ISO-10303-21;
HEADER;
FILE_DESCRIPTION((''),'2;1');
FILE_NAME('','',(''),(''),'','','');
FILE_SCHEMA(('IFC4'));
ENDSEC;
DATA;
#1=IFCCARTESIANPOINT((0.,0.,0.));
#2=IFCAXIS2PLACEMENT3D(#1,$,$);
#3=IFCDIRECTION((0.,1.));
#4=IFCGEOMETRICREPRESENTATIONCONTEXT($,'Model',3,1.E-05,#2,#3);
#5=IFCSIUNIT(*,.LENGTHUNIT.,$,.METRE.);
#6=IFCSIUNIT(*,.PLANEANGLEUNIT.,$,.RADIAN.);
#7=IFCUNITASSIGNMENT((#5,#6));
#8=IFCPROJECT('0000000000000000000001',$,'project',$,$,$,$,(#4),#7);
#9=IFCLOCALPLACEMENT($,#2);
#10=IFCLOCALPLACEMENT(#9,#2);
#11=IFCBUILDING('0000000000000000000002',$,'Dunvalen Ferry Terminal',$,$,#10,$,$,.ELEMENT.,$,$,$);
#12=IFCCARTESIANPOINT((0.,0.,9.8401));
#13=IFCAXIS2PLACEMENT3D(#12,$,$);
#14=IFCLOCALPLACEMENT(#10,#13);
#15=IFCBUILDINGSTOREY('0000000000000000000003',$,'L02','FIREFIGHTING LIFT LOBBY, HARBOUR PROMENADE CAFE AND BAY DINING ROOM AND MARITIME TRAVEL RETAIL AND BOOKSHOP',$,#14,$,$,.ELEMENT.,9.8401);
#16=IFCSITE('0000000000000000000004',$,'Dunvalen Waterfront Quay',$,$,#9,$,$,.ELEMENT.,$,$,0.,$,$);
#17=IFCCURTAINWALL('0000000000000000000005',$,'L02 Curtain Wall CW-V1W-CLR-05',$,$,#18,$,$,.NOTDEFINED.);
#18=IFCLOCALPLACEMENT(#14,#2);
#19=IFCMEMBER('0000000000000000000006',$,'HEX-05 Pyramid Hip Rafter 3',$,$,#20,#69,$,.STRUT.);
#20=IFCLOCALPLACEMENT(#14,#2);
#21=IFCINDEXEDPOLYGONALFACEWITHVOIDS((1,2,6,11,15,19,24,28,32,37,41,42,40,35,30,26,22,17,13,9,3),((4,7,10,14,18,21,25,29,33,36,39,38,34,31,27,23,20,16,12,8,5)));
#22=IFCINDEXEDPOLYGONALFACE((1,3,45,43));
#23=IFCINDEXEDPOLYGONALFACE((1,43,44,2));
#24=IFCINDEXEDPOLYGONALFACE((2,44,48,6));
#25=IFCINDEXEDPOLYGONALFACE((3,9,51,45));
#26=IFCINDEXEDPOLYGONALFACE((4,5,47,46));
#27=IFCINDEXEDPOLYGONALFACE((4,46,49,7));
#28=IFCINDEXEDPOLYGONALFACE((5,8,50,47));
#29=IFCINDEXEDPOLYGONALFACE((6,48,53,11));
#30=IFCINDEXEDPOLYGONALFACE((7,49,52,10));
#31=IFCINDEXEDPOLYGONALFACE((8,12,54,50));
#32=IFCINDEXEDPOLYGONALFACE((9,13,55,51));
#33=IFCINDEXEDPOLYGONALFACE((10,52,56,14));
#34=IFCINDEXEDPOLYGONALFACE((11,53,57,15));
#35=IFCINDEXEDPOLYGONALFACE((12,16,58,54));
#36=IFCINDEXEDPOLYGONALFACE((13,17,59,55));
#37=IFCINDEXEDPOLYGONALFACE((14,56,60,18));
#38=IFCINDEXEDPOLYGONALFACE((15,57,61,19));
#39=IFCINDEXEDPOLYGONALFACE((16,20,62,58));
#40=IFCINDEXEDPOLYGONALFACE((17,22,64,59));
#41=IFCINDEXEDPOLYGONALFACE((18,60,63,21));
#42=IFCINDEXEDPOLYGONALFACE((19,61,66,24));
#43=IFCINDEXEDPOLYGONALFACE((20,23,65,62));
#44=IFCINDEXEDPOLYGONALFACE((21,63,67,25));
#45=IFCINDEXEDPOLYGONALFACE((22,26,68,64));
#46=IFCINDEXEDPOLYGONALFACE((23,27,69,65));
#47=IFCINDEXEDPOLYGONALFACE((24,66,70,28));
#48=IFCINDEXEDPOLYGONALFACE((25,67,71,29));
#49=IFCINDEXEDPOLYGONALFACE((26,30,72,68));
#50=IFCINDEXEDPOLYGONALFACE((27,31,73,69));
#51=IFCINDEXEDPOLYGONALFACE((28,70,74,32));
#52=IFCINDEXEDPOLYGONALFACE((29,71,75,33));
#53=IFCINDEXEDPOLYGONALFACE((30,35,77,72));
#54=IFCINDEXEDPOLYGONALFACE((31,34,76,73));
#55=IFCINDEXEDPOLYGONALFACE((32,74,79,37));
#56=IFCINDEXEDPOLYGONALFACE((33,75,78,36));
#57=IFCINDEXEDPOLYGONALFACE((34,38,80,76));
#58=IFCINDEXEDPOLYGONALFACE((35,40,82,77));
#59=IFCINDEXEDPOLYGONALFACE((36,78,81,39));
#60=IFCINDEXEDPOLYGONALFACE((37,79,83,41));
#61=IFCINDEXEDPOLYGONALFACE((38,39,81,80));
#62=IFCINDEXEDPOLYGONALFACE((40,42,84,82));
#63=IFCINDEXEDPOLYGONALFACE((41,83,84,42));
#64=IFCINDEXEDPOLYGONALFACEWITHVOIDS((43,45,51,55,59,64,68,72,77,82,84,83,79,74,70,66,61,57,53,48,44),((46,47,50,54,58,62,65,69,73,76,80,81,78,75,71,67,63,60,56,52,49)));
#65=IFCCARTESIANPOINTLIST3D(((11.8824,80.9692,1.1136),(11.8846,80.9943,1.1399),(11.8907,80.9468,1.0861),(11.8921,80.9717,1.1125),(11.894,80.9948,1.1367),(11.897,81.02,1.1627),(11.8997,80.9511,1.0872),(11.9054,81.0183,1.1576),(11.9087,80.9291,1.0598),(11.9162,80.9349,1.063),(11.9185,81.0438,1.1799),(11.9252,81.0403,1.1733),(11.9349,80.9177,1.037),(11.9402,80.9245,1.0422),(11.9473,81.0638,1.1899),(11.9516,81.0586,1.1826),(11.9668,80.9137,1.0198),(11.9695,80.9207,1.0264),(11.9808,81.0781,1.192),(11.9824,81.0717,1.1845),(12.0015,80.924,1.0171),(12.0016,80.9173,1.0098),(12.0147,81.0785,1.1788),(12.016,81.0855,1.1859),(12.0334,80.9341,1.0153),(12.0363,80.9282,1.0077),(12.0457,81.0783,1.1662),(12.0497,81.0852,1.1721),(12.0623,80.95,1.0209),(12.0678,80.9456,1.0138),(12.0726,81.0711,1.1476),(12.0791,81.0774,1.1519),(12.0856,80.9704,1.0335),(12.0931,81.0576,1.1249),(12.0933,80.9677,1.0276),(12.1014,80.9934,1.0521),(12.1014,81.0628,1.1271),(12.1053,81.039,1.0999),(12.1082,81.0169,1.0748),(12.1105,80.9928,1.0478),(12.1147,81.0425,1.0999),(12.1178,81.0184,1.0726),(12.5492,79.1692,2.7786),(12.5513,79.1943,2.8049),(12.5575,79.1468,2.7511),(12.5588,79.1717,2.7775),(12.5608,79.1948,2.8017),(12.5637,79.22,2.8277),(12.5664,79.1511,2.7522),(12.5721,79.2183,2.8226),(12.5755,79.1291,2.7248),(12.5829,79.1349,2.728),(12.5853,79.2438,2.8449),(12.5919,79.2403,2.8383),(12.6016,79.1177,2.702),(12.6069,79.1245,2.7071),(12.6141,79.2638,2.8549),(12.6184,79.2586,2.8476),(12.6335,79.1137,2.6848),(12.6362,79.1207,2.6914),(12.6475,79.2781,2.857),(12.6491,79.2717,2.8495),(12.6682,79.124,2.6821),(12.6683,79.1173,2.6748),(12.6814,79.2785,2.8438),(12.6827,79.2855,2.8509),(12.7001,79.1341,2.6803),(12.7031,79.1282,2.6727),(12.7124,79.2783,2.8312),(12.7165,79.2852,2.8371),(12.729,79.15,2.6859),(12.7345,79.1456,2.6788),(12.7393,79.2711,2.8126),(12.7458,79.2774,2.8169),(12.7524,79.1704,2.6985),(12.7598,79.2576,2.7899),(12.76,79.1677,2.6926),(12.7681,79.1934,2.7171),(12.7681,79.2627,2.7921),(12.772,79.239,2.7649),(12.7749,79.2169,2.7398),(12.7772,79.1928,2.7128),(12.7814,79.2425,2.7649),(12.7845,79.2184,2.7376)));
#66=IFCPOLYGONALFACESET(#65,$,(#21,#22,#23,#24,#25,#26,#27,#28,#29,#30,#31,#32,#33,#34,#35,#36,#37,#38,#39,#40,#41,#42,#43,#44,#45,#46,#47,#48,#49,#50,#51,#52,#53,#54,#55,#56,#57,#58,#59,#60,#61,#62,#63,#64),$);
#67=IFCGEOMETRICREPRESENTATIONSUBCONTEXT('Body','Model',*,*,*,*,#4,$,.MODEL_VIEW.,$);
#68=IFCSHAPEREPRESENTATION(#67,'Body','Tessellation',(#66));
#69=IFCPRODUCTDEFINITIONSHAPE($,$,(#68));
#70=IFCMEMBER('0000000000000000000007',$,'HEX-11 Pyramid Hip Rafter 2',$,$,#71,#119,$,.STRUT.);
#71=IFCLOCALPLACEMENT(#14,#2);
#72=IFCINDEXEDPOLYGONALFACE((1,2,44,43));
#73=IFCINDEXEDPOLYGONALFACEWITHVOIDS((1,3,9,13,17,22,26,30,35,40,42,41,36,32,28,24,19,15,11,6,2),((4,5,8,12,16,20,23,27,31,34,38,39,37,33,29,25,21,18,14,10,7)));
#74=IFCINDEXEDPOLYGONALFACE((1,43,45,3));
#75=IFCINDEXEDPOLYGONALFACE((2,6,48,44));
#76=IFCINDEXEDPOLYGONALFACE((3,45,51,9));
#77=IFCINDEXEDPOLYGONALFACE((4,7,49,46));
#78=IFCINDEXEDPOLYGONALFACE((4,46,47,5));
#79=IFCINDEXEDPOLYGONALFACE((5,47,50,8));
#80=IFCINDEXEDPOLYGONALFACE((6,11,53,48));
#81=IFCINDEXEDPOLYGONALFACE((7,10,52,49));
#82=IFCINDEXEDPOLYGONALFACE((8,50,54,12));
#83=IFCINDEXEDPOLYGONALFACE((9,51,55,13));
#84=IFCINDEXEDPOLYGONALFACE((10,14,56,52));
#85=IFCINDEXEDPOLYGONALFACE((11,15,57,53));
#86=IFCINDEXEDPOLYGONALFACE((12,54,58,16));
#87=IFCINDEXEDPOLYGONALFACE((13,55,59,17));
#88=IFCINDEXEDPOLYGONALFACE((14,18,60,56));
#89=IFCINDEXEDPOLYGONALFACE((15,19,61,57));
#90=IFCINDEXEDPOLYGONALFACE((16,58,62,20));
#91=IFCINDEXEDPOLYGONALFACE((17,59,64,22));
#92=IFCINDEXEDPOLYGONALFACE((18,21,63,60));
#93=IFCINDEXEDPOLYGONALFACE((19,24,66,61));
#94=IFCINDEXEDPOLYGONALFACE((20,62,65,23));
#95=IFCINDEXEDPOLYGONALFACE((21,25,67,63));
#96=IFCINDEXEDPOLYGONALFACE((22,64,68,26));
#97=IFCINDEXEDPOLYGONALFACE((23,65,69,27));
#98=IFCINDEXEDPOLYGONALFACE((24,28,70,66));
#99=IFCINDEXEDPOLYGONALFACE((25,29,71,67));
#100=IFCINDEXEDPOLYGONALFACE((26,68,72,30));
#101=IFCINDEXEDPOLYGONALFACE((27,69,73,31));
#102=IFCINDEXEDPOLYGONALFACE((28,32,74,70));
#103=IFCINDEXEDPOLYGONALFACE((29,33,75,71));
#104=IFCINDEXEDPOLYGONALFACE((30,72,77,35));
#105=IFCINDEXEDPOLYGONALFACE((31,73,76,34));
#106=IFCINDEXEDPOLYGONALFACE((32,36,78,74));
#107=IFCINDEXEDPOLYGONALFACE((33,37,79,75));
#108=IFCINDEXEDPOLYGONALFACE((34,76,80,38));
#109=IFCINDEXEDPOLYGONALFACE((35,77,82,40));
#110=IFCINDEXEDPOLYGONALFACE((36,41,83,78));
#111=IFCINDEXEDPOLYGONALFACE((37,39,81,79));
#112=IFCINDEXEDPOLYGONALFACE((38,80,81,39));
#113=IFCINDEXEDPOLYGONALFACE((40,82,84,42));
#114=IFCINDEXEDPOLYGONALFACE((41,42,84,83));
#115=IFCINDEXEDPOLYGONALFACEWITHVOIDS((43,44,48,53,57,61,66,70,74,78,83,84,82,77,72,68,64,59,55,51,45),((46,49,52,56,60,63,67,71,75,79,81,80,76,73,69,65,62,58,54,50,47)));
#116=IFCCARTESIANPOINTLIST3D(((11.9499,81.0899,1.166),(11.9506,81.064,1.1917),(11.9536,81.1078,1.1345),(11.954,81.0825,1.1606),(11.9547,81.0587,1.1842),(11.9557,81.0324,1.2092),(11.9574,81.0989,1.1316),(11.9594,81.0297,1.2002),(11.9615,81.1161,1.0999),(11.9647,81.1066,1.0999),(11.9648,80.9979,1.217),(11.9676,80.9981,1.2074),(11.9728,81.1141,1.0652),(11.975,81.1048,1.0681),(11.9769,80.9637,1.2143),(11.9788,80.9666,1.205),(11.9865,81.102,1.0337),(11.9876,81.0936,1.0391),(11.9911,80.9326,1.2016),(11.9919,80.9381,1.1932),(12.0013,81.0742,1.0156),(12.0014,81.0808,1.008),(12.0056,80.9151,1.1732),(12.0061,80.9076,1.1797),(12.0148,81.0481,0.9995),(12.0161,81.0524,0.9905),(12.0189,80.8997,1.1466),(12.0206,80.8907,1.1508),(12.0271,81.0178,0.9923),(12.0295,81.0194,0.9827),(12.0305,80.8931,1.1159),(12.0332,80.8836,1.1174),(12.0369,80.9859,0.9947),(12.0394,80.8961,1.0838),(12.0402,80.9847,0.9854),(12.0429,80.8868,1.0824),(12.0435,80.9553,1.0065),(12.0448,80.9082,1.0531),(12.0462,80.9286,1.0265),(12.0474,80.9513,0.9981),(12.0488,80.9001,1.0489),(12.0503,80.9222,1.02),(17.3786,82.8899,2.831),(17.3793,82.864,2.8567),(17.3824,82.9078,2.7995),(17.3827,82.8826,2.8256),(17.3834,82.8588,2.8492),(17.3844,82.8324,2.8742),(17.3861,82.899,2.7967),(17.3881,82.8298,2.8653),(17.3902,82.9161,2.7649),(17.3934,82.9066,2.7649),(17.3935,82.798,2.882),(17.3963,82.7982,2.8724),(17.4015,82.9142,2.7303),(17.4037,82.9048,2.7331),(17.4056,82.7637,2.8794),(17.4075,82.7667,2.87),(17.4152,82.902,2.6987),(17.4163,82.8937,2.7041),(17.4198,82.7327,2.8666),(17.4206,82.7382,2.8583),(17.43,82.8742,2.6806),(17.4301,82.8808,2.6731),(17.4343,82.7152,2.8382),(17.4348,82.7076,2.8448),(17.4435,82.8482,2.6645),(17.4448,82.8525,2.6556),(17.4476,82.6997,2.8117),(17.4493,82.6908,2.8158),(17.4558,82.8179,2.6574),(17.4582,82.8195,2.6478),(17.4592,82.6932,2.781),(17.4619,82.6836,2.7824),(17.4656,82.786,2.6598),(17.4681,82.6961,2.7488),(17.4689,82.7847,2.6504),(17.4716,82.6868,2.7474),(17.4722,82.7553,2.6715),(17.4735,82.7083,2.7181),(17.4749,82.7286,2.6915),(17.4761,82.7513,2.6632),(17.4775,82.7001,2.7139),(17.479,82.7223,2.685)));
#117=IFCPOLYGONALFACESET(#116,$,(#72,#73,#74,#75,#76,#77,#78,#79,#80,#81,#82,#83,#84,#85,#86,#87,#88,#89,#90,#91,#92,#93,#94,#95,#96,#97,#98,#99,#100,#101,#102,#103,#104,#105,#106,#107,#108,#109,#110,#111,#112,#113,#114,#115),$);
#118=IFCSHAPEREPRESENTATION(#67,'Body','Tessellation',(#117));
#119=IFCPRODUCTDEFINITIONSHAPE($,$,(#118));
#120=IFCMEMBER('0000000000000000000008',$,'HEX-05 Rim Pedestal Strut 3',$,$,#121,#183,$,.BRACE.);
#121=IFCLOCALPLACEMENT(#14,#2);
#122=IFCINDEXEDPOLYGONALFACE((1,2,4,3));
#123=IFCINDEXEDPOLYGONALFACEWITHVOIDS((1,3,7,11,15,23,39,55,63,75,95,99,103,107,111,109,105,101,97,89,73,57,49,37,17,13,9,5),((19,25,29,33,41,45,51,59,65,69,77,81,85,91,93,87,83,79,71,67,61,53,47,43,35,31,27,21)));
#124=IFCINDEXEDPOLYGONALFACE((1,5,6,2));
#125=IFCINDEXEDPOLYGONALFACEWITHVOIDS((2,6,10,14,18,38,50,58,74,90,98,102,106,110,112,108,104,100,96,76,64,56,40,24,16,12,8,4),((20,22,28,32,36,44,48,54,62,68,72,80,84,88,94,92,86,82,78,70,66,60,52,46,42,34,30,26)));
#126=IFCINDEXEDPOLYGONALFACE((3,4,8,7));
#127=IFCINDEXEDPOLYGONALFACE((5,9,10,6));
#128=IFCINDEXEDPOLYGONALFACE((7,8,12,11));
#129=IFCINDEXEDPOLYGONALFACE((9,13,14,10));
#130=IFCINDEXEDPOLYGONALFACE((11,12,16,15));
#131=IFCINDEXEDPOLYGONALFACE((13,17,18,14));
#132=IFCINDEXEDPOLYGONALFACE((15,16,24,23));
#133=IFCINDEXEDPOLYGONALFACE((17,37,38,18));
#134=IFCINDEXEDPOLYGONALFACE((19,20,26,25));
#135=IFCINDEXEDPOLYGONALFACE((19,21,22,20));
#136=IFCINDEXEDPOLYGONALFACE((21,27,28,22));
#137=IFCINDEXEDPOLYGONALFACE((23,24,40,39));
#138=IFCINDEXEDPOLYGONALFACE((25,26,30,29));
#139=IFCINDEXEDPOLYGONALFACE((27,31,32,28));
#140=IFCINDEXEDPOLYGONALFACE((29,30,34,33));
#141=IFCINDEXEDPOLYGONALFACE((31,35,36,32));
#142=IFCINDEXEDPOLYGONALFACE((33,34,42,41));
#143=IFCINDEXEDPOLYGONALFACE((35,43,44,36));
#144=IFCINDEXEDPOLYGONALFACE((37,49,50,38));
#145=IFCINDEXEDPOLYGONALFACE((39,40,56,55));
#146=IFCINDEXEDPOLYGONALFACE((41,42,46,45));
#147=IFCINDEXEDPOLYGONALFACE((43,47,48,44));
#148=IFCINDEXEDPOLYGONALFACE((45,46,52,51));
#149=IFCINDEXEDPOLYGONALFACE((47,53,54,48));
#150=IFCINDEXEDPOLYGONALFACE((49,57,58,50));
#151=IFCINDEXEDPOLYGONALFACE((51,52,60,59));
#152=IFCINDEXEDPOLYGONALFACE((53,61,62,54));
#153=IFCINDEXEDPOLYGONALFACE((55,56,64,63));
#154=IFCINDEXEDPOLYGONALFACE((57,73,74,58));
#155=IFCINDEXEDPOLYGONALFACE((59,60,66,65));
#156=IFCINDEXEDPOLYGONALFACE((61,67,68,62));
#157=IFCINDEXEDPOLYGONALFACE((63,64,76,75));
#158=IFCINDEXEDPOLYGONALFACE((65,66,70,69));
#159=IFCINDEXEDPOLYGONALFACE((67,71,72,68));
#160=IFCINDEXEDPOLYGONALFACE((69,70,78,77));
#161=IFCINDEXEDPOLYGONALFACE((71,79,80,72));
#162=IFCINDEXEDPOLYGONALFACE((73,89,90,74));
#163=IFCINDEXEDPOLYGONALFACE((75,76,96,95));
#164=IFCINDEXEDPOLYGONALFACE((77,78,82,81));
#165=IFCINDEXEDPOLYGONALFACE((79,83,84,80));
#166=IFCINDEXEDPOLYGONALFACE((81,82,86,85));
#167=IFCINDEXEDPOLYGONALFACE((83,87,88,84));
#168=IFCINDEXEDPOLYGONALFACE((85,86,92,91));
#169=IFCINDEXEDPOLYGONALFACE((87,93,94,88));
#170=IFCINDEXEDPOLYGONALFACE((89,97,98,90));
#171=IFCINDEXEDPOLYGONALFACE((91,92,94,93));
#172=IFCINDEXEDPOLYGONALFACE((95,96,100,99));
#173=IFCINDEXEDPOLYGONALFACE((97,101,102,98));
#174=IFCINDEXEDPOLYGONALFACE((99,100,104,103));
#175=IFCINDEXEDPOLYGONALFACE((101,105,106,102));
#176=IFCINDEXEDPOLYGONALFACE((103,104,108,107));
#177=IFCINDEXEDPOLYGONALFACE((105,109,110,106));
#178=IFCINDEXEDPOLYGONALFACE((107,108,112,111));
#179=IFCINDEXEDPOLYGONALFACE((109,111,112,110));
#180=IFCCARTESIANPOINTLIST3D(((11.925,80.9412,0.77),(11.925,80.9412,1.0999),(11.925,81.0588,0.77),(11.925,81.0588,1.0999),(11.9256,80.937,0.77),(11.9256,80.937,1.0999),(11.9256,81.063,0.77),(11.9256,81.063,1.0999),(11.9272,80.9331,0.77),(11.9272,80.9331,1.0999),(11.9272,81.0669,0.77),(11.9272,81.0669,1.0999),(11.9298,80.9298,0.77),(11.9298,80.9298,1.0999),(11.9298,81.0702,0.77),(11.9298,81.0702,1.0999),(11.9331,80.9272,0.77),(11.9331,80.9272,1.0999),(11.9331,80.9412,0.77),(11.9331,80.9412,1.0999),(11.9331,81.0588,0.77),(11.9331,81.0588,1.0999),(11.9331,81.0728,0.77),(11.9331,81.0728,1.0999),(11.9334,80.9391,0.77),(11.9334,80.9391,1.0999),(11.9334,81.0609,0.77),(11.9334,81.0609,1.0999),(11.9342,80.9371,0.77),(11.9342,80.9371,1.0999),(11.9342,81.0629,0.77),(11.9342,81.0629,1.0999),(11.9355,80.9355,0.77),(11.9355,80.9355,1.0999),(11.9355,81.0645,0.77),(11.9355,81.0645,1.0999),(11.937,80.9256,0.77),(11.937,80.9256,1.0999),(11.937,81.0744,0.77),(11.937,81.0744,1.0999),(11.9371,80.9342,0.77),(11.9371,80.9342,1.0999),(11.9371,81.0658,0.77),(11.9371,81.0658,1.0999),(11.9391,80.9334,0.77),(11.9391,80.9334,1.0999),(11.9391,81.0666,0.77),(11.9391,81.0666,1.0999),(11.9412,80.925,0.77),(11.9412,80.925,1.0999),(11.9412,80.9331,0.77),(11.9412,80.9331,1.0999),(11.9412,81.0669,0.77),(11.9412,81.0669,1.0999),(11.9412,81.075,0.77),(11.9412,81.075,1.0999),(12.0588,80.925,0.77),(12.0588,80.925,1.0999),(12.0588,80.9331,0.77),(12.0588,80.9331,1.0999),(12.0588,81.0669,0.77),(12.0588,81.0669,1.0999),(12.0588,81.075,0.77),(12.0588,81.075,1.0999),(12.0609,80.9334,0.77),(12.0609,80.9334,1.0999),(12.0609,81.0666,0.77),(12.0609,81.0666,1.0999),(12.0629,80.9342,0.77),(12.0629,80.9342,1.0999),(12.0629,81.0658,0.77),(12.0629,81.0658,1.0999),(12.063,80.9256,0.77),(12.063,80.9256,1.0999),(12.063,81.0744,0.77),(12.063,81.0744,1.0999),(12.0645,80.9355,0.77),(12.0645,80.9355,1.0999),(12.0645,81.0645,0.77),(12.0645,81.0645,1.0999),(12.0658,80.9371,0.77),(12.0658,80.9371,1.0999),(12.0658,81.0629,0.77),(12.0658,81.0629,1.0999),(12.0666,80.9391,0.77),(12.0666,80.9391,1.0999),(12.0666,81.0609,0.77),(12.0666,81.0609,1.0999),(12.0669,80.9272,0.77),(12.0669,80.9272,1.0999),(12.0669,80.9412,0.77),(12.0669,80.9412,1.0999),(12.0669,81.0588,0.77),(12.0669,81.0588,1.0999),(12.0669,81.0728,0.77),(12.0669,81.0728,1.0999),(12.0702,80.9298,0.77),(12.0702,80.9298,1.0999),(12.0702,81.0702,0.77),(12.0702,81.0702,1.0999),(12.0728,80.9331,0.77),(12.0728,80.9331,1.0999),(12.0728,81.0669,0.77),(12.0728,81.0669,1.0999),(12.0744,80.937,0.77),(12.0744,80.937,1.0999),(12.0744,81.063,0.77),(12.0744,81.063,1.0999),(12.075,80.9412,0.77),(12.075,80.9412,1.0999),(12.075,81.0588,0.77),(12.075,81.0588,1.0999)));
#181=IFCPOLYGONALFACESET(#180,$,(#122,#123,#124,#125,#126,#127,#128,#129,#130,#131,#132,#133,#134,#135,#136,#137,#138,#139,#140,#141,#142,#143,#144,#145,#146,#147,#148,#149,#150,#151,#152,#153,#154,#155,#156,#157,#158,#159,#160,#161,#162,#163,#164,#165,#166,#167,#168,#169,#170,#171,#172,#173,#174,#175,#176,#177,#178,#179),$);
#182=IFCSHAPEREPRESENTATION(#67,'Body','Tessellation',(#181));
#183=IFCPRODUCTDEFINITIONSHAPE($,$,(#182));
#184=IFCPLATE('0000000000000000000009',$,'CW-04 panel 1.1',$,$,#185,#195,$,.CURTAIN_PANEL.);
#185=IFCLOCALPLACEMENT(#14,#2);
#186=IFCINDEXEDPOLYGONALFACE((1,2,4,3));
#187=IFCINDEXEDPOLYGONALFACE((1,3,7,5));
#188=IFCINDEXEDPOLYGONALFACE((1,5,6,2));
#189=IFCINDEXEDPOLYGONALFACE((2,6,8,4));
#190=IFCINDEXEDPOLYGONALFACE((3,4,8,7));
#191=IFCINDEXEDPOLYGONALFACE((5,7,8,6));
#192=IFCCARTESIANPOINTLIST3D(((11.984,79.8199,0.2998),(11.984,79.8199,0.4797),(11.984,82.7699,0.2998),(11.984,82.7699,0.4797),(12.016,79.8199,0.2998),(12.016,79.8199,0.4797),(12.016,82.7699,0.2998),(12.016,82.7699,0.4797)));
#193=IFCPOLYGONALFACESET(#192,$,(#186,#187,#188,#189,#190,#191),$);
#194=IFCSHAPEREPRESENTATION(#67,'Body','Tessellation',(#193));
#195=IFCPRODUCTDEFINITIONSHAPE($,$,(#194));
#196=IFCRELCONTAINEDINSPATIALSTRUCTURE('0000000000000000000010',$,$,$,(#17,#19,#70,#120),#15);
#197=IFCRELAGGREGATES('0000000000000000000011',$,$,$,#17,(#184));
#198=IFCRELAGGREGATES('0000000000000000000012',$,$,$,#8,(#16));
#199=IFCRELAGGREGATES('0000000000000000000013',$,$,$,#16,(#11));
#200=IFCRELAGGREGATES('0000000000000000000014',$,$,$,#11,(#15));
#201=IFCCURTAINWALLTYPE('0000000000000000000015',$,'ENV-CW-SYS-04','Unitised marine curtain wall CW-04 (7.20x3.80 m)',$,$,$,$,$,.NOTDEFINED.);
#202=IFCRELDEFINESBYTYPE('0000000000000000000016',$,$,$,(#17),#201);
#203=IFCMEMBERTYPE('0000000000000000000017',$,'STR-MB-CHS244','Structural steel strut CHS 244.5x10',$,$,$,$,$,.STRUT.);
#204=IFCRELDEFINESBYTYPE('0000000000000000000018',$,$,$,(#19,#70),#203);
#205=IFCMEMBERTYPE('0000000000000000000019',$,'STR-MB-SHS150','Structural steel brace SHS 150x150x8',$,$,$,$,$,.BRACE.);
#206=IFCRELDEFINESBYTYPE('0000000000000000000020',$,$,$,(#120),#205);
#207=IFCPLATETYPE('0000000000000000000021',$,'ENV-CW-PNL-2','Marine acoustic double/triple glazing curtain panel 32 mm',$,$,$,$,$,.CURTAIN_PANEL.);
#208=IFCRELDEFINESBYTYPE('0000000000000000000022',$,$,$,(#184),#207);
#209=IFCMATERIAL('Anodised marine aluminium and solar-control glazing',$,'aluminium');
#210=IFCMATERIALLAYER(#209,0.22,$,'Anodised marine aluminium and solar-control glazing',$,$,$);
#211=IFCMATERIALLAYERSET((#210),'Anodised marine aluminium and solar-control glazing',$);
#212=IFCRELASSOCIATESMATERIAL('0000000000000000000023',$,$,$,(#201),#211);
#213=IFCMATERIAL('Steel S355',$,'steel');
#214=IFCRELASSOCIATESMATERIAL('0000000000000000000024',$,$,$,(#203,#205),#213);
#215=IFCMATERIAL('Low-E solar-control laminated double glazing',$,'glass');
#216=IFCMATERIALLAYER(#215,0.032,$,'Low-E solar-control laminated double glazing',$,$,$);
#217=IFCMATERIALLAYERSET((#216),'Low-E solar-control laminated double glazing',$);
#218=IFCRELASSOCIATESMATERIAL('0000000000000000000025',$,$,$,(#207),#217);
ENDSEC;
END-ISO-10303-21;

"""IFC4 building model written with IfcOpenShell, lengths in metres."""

from ifc_helpers import new_model, si_unit, direction, frame, origin, origin_2d, place, context, subcontext, project, spatial, rectangle, hollow_rectangle, hollow_circle, extrude, material, layer, layer_set, material_profile, profile_set, type_object, element, aggregate, save


model = new_model("IFC4")

# Units and contexts
model_context = context("Model", 3, precision=1e-05, world=origin(), true_north=direction((0.0, 1.0)))
body_context = subcontext(model_context, "Body", "Model", "MODEL_VIEW")
ifc_project = project(units=[si_unit("LENGTHUNIT", "METRE"), si_unit("PLANEANGLEUNIT", "RADIAN")], contexts=[model_context])

# Site, building, storey
site_placement = place(None, origin())
site = spatial("IfcSite", under=ifc_project, at=site_placement, Name="Dunvalen Waterfront Quay", CompositionType="ELEMENT", RefElevation=0.0)
building_placement = place(site_placement, origin())
building = spatial("IfcBuilding", under=site, at=building_placement, Name="Dunvalen Ferry Terminal", CompositionType="ELEMENT")
storey_placement = place(building_placement, frame((0.0, 0.0, 9.8401)))
storey = spatial("IfcBuildingStorey", under=building, at=storey_placement, Name="L02", Description="FIREFIGHTING LIFT LOBBY, HARBOUR PROMENADE CAFE AND BAY DINING ROOM AND MARITIME TRAVEL RETAIL AND BOOKSHOP", CompositionType="ELEMENT", Elevation=9.8401)

# Curtain wall
ifc_material_1 = material(Name="Anodised marine aluminium and solar-control glazing", Category="aluminium")
ifc_layer_1 = layer(ifc_material_1, 0.22, Name="Anodised marine aluminium and solar-control glazing")
ifc_layer_set_1 = layer_set([ifc_layer_1], Name="Anodised marine aluminium and solar-control glazing")
curtain_wall_type = type_object("IfcCurtainWallType", Name="ENV-CW-SYS-04", Description="Unitised marine curtain wall CW-04 (7.20x3.80 m)", PredefinedType="NOTDEFINED", material=ifc_layer_set_1)
curtain_wall_placement = place(storey_placement, origin())
curtain_wall = element("IfcCurtainWall", 1, at=curtain_wall_placement, inside=storey, type_object=curtain_wall_type, Name="L02 Curtain Wall CW-V1W-CLR-05", PredefinedType="NOTDEFINED")

# Shared definitions
ifc_material_2 = material(Name="Steel S355", Category="steel")

# Members
ifc_material_profile_1 = material_profile(ifc_material_2, hollow_circle(Radius=0.1223, WallThickness=0.01, at=origin_2d()), Name="Steel S355")
ifc_profile_set_1 = profile_set([ifc_material_profile_1], Name="Steel S355")
member_type_1 = type_object("IfcMemberType", Name="STR-MB-CHS244", Description="Structural steel strut CHS 244.5x10", PredefinedType="STRUT", material=ifc_profile_set_1)
member_1_placement = place(storey_placement, frame((12.0, 81.0, 1.0999), z_axis=(0.262388, -0.70838, 0.655249), x_axis=(0.937738, 0.347343, 0.0)))
element("IfcMember", 2, at=member_1_placement, inside=storey, type_object=member_type_1, Name="HEX-05 Pyramid Hip Rafter 3", PredefinedType="STRUT", context=body_context, shape_type="SweptSolid", body=[
    extrude(hollow_circle(Radius=0.1223, WallThickness=0.01, at=origin_2d()), origin(), (0.0, 0.0, 1.0), 2.541),
])
member_2_placement = place(storey_placement, frame((12.0, 81.0, 1.0999), z_axis=(0.911347, 0.302184, 0.279519), x_axis=(-0.314729, 0.949182, 0.0)))
element("IfcMember", 3, at=member_2_placement, inside=storey, type_object=member_type_1, Name="HEX-11 Pyramid Hip Rafter 2", PredefinedType="STRUT", context=body_context, shape_type="SweptSolid", body=[
    extrude(hollow_circle(Radius=0.1223, WallThickness=0.01, at=origin_2d()), origin(), (0.0, 0.0, 1.0), 5.9568),
])
ifc_material_profile_2 = material_profile(ifc_material_2, hollow_rectangle(XDim=0.1499, YDim=0.1499, WallThickness=0.0081, InnerFilletRadius=0.0081, OuterFilletRadius=0.0161, at=origin_2d()), Name="Steel S355")
ifc_profile_set_2 = profile_set([ifc_material_profile_2], Name="Steel S355")
member_type_2 = type_object("IfcMemberType", Name="STR-MB-SHS150", Description="Structural steel brace SHS 150x150x8", PredefinedType="BRACE", material=ifc_profile_set_2)
member_3_placement = place(storey_placement, frame((12.0, 81.0, 0.77), z_axis=(0.0, 0.0, 1.0), x_axis=(1.0, 0.0, 0.0)))
element("IfcMember", 4, at=member_3_placement, inside=storey, type_object=member_type_2, Name="HEX-05 Rim Pedestal Strut 3", PredefinedType="BRACE", context=body_context, shape_type="SweptSolid", body=[
    extrude(hollow_rectangle(XDim=0.1499, YDim=0.1499, WallThickness=0.0081, InnerFilletRadius=0.0081, OuterFilletRadius=0.0161, at=origin_2d()), origin(), (0.0, 0.0, 1.0), 0.3298),
])

# Plate
ifc_material_3 = material(Name="Low-E solar-control laminated double glazing", Category="glass")
ifc_layer_2 = layer(ifc_material_3, 0.032, Name="Low-E solar-control laminated double glazing")
ifc_layer_set_2 = layer_set([ifc_layer_2], Name="Low-E solar-control laminated double glazing")
plate_type_1 = type_object("IfcPlateType", Name="ENV-CW-PNL-2", Description="Marine acoustic double/triple glazing curtain panel 32 mm", PredefinedType="CURTAIN_PANEL", material=ifc_layer_set_2)
plate_1_placement = place(storey_placement, frame((12.0, 81.2949, 0.2998), z_axis=(0.0, 0.0, 1.0), x_axis=(0.0, 1.0, 0.0)))
plate_1 = element("IfcPlate", 5, at=plate_1_placement, type_object=plate_type_1, Name="CW-04 panel 1.1", PredefinedType="CURTAIN_PANEL", context=body_context, shape_type="SweptSolid", body=[
    extrude(rectangle(XDim=2.95, YDim=0.032, at=origin_2d()), origin(), (0.0, 0.0, 1.0), 0.1799),
])
aggregate(curtain_wall, [plate_1])

save(model, "model.ifc")
